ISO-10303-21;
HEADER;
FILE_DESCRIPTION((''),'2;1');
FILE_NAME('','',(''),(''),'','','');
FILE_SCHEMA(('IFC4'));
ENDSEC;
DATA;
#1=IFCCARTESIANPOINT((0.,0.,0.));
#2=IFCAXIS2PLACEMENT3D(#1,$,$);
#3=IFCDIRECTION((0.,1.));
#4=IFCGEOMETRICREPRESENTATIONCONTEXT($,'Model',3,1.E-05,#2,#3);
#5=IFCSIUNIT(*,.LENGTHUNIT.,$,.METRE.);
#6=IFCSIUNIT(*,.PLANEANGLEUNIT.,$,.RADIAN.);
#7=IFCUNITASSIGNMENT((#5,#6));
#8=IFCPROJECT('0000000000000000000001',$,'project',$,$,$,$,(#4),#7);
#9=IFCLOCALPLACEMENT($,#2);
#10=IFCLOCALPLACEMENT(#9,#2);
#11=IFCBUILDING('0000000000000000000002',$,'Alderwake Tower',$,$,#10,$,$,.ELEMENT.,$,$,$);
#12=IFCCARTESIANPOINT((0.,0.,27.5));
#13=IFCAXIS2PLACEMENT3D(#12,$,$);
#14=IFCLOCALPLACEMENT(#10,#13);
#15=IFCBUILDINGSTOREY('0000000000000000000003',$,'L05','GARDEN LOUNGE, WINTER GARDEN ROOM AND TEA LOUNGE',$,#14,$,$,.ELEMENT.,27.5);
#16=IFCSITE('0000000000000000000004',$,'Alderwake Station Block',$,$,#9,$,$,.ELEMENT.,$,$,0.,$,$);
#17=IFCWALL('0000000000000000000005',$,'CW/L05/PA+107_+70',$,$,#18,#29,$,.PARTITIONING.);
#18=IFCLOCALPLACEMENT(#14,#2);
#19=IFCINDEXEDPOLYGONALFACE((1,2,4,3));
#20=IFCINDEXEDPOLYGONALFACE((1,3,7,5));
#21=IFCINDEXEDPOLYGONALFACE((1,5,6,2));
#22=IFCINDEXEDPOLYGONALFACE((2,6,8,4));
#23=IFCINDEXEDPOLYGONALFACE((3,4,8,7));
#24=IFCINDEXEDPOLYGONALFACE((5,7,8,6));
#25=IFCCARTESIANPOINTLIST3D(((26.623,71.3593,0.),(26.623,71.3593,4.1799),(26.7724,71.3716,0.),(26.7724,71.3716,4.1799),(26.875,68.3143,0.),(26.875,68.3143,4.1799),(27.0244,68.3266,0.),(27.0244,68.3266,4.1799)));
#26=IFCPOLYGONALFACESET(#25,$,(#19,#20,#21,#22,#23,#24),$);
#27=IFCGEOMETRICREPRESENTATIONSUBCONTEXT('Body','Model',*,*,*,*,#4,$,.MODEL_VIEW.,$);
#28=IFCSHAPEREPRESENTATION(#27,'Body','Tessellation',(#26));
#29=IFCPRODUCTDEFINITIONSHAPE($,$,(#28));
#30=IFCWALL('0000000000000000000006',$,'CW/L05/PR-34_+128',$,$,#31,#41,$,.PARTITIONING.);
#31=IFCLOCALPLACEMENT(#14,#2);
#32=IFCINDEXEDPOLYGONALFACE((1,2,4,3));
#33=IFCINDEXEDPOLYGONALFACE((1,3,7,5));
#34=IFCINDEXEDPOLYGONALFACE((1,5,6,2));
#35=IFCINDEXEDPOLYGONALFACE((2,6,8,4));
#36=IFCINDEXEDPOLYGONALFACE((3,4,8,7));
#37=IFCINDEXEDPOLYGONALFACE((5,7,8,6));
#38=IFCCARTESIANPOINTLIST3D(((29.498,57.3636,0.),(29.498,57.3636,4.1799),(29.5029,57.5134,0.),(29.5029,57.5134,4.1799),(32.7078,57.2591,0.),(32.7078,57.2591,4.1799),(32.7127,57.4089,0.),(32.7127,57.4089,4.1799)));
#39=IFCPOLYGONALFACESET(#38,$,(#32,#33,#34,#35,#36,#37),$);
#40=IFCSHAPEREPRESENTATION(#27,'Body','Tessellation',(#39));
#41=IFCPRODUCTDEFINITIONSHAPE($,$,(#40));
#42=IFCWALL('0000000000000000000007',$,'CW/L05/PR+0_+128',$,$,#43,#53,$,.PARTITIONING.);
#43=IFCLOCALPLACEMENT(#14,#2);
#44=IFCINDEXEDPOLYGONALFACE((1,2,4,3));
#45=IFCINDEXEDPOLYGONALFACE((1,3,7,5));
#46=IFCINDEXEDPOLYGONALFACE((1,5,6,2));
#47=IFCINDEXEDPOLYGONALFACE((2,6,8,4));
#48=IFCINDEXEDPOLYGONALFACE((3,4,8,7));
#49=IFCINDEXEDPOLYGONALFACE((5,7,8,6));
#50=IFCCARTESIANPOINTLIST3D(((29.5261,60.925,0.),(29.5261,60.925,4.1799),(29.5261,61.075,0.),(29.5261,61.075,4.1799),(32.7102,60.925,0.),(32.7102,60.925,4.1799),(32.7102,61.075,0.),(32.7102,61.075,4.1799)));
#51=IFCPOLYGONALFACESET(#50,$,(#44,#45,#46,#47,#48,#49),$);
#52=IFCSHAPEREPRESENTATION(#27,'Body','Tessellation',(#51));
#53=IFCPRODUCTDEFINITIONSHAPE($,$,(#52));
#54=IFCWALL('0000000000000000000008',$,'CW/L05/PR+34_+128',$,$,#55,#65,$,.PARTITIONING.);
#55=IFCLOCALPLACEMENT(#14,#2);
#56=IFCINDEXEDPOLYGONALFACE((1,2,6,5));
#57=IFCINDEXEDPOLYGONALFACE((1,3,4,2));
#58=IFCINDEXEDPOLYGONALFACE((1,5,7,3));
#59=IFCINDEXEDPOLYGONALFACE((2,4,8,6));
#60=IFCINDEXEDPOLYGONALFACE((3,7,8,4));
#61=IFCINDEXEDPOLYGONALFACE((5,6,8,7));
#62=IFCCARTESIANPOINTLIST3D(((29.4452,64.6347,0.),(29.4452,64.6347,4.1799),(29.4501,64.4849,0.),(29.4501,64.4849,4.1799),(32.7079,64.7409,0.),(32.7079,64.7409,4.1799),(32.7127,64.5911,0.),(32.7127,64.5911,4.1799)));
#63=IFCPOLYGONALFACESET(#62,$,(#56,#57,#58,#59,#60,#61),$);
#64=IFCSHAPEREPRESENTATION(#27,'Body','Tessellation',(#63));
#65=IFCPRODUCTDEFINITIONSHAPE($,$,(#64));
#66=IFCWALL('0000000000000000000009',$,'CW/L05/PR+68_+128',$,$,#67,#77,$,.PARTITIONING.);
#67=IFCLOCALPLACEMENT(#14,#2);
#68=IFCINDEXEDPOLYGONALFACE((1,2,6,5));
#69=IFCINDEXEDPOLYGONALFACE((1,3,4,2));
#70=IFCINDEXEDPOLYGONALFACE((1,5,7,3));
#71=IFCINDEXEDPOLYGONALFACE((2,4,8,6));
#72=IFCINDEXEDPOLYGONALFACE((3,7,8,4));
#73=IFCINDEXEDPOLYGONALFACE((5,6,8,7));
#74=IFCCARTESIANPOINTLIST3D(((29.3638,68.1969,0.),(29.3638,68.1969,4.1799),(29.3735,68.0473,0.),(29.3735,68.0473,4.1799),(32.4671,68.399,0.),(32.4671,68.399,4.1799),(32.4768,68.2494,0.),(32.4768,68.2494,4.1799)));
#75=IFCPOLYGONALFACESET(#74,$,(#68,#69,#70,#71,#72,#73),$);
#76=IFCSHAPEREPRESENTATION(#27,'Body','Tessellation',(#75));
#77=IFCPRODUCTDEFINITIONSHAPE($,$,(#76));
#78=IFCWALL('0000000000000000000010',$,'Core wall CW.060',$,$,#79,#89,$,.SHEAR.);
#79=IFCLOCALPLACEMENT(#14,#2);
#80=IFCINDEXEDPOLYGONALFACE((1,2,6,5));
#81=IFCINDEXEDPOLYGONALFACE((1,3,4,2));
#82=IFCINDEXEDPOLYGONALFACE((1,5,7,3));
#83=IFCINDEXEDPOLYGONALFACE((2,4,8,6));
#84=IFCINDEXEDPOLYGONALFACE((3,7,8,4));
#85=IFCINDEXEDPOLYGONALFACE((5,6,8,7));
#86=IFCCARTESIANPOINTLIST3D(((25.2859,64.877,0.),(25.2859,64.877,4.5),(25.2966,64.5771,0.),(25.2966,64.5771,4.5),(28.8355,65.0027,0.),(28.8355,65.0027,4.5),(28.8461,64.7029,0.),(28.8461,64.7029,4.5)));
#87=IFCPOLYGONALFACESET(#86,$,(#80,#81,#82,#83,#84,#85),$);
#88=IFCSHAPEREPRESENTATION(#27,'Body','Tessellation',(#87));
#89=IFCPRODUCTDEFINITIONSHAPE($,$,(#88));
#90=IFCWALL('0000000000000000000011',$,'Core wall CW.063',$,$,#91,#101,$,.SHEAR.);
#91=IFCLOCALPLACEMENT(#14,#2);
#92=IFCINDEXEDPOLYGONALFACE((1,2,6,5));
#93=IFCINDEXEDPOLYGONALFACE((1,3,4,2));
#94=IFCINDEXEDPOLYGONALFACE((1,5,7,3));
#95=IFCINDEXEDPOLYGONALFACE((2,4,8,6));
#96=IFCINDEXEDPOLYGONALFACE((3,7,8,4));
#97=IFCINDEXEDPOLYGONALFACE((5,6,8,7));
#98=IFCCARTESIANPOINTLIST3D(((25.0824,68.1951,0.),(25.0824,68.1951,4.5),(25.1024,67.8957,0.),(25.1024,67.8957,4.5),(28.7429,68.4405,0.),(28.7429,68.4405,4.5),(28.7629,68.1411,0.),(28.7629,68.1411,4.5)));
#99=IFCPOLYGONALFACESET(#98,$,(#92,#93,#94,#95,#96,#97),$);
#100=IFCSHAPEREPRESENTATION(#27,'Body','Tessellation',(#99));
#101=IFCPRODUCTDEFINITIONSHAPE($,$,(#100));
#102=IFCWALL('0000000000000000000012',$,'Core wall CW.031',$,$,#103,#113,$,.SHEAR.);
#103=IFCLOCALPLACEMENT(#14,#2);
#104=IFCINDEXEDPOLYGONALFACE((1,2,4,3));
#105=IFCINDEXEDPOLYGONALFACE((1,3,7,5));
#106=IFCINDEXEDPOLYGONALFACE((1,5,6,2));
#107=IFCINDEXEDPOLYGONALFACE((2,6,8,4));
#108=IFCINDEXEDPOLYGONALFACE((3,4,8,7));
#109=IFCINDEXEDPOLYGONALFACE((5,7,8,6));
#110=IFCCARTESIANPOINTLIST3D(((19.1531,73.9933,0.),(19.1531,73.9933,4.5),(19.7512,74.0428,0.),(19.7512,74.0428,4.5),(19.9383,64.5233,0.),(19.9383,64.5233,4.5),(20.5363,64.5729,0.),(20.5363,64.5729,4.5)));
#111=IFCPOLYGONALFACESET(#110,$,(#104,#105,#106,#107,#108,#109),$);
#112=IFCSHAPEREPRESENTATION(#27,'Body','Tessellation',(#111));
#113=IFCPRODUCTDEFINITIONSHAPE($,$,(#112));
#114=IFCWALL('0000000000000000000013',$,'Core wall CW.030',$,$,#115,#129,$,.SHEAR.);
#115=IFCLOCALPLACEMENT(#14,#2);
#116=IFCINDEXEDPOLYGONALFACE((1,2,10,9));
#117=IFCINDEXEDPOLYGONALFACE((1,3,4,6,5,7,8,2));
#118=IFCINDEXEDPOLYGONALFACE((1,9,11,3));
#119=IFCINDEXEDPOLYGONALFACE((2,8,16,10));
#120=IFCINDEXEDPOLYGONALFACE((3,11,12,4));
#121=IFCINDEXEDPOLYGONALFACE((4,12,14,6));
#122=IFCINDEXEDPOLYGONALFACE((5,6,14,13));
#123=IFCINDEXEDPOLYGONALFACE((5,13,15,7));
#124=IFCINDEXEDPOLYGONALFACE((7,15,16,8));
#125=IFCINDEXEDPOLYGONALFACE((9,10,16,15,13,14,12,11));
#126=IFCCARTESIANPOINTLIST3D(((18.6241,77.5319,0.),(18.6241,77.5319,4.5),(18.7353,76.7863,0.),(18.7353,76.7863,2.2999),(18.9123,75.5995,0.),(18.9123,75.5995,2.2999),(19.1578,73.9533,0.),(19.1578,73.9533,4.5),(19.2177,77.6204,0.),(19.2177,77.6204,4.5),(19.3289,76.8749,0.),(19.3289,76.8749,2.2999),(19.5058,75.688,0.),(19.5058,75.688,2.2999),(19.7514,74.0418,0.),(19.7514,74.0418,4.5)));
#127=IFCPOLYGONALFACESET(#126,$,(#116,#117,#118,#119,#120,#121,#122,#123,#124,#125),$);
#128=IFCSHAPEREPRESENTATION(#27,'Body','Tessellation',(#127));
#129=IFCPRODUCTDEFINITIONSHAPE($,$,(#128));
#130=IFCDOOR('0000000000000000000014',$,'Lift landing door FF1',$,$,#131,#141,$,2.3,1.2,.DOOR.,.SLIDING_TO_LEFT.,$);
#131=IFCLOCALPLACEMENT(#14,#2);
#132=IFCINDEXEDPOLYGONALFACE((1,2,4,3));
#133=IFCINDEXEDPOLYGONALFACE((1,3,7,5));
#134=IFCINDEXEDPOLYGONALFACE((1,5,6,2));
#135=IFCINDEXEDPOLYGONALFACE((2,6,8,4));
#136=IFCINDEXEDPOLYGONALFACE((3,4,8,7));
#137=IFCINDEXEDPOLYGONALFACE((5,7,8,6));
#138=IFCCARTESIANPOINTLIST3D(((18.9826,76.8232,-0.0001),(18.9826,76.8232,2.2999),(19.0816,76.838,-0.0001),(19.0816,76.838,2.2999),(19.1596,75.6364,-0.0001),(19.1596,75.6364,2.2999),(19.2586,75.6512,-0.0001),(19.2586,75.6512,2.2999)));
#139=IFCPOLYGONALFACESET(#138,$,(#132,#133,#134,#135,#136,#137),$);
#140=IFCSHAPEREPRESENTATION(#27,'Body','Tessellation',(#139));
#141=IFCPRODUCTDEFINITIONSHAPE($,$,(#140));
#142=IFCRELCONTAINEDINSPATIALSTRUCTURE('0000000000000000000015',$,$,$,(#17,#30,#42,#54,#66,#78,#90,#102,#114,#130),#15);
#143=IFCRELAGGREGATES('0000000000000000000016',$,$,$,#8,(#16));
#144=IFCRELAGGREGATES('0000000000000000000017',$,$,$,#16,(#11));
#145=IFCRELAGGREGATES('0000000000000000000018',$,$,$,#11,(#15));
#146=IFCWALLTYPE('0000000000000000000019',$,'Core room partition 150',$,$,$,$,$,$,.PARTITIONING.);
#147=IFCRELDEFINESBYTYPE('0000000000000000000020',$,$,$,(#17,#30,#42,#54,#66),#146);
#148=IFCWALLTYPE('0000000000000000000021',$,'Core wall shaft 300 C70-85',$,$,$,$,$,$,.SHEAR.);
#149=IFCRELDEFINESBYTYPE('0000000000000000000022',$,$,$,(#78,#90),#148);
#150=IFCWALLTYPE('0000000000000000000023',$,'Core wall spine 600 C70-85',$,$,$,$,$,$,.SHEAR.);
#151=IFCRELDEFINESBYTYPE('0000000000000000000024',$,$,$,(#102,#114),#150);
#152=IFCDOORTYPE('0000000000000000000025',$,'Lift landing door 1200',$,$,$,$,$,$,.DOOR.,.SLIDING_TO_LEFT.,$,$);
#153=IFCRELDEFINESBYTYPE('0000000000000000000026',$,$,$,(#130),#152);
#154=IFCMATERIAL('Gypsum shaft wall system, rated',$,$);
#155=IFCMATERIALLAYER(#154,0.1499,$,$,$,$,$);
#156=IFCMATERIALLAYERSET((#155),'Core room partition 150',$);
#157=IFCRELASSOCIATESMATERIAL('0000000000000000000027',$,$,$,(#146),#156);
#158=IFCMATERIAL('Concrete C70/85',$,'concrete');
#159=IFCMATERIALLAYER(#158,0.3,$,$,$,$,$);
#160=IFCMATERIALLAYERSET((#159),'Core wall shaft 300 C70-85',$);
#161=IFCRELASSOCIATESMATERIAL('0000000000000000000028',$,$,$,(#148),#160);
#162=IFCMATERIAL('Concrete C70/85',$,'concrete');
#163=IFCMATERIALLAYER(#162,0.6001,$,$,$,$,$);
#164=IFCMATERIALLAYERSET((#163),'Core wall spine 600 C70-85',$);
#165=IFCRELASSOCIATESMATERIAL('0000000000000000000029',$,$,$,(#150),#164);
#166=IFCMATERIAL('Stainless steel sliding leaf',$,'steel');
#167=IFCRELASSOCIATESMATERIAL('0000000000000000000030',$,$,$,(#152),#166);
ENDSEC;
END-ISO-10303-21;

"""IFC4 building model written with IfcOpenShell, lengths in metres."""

from ifc_helpers import new_model, si_unit, direction, frame, frame_2d, origin, place, context, subcontext, project, spatial, rectangle, extrude, material, layer, layer_set, type_object, element, fill, save


model = new_model("IFC4")

# Units and contexts
model_context = context("Model", 3, precision=1e-05, world=origin(), true_north=direction((0.0, 1.0)))
body_context = subcontext(model_context, "Body", "Model", "MODEL_VIEW")
ifc_project = project(units=[si_unit("LENGTHUNIT", "METRE"), si_unit("PLANEANGLEUNIT", "RADIAN")], contexts=[model_context])

# Site, building, storey
site_placement = place(None, origin())
site = spatial("IfcSite", under=ifc_project, at=site_placement, Name="Alderwake Station Block", CompositionType="ELEMENT", RefElevation=0.0)
building_placement = place(site_placement, origin())
building = spatial("IfcBuilding", under=site, at=building_placement, Name="Alderwake Tower", CompositionType="ELEMENT")
storey_placement = place(building_placement, frame((0.0, 0.0, 27.5)))
storey = spatial("IfcBuildingStorey", under=building, at=storey_placement, Name="L05", Description="GARDEN LOUNGE, WINTER GARDEN ROOM AND TEA LOUNGE", CompositionType="ELEMENT", Elevation=27.5)

# Walls
ifc_material_1 = material(Name="Gypsum shaft wall system, rated")
ifc_layer_1 = layer(ifc_material_1, 0.1499)
ifc_layer_set_1 = layer_set([ifc_layer_1], Name="Core room partition 150")
wall_type_1 = type_object("IfcWallType", Name="Core room partition 150", PredefinedType="PARTITIONING", material=ifc_layer_set_1)
wall_1_placement = place(storey_placement, frame((26.9497, 68.3203, 0.0), z_axis=(0.0, 0.0, 1.0), x_axis=(-0.082464, 0.996594, 0.0)))
element("IfcWall", 1, at=wall_1_placement, inside=storey, type_object=wall_type_1, Name="CW/L05/PA+107_+70", PredefinedType="PARTITIONING", context=body_context, shape_type="SweptSolid", body=[
    extrude(rectangle(XDim=3.0554, YDim=0.1499, at=frame_2d((1.5278, 0.0))), origin(), (0.0, 0.0, 1.0), 4.1799),
])
wall_2_placement = place(storey_placement, frame((29.5005, 57.4385, 0.0), z_axis=(0.0, 0.0, 1.0), x_axis=(0.999471, -0.032538, 0.0)))
element("IfcWall", 2, at=wall_2_placement, inside=storey, type_object=wall_type_1, Name="CW/L05/PR-34_+128", PredefinedType="PARTITIONING", context=body_context, shape_type="SweptSolid", body=[
    extrude(rectangle(XDim=3.2114, YDim=0.1499, at=frame_2d((1.6057, 0.0))), origin(), (0.0, 0.0, 1.0), 4.1799),
])
wall_3_placement = place(storey_placement, frame((29.5261, 61.0, 0.0), z_axis=(0.0, 0.0, 1.0), x_axis=(1.0, 0.0, 0.0)))
element("IfcWall", 3, at=wall_3_placement, inside=storey, type_object=wall_type_1, Name="CW/L05/PR+0_+128", PredefinedType="PARTITIONING", context=body_context, shape_type="SweptSolid", body=[
    extrude(rectangle(XDim=3.1841, YDim=0.1499, at=frame_2d((1.592, 0.0))), origin(), (0.0, 0.0, 1.0), 4.1799),
])
wall_4_placement = place(storey_placement, frame((29.4475, 64.5598, 0.0), z_axis=(0.0, 0.0, 1.0), x_axis=(0.999471, 0.032533, 0.0)))
element("IfcWall", 4, at=wall_4_placement, inside=storey, type_object=wall_type_1, Name="CW/L05/PR+34_+128", PredefinedType="PARTITIONING", context=body_context, shape_type="SweptSolid", body=[
    extrude(rectangle(XDim=3.2644, YDim=0.1499, at=frame_2d((1.6323, 0.0))), origin(), (0.0, 0.0, 1.0), 4.1799),
])
wall_5_placement = place(storey_placement, frame((29.3687, 68.1221, 0.0), z_axis=(0.0, 0.0, 1.0), x_axis=(0.997885, 0.065003, 0.0)))
element("IfcWall", 5, at=wall_5_placement, inside=storey, type_object=wall_type_1, Name="CW/L05/PR+68_+128", PredefinedType="PARTITIONING", context=body_context, shape_type="SweptSolid", body=[
    extrude(rectangle(XDim=3.1099, YDim=0.1499, at=frame_2d((1.5549, 0.0))), origin(), (0.0, 0.0, 1.0), 4.1799),
])
ifc_material_2 = material(Name="Concrete C70/85", Category="concrete")
ifc_layer_2 = layer(ifc_material_2, 0.3)
ifc_layer_set_2 = layer_set([ifc_layer_2], Name="Core wall shaft 300 C70-85")
wall_type_2 = type_object("IfcWallType", Name="Core wall shaft 300 C70-85", PredefinedType="SHEAR", material=ifc_layer_set_2)
wall_6_placement = place(storey_placement, frame((25.2913, 64.7271, 0.0), z_axis=(0.0, 0.0, 1.0), x_axis=(0.999373, 0.0354, 0.0)))
element("IfcWall", 6, at=wall_6_placement, inside=storey, type_object=wall_type_2, Name="Core wall CW.060", PredefinedType="SHEAR", context=body_context, shape_type="SweptSolid", body=[
    extrude(rectangle(XDim=3.5518, YDim=0.3, at=frame_2d((1.7759, 0.0))), origin(), (0.0, 0.0, 1.0), 4.5),
])
wall_7_placement = place(storey_placement, frame((25.0923, 68.0454, 0.0), z_axis=(0.0, 0.0, 1.0), x_axis=(0.997761, 0.066881, 0.0)))
element("IfcWall", 7, at=wall_7_placement, inside=storey, type_object=wall_type_2, Name="Core wall CW.063", PredefinedType="SHEAR", context=body_context, shape_type="SweptSolid", body=[
    extrude(rectangle(XDim=3.6687, YDim=0.3, at=frame_2d((1.8345, 0.0))), origin(), (0.0, 0.0, 1.0), 4.5),
])
ifc_material_3 = material(Name="Concrete C70/85", Category="concrete")
ifc_layer_3 = layer(ifc_material_3, 0.6001)
ifc_layer_set_3 = layer_set([ifc_layer_3], Name="Core wall spine 600 C70-85")
wall_type_3 = type_object("IfcWallType", Name="Core wall spine 600 C70-85", PredefinedType="SHEAR", material=ifc_layer_set_3)
wall_8_placement = place(storey_placement, frame((20.2373, 64.5481, 0.0), z_axis=(0.0, 0.0, 1.0), x_axis=(-0.082627, 0.996581, 0.0)))
element("IfcWall", 8, at=wall_8_placement, inside=storey, type_object=wall_type_3, Name="Core wall CW.031", PredefinedType="SHEAR", context=body_context, shape_type="SweptSolid", body=[
    extrude(rectangle(XDim=9.5024, YDim=0.6001, at=frame_2d((4.7512, 0.0))), origin(), (0.0, 0.0, 1.0), 4.5),
])

# Wall, opening, door
wall_9_placement = place(storey_placement, frame((19.4546, 73.9976, 0.0), z_axis=(0.0, 0.0, 1.0), x_axis=(-0.147502, 0.989062, 0.0)))
wall_9 = element("IfcWall", 9, at=wall_9_placement, inside=storey, type_object=wall_type_3, Name="Core wall CW.030", PredefinedType="SHEAR", context=body_context, shape_type="SweptSolid", body=[
    extrude(rectangle(XDim=3.6182, YDim=0.6001, at=frame_2d((1.8091, 0.0))), origin(), (0.0, 0.0, 1.0), 4.5),
])
opening_1_placement = place(wall_9_placement, frame((1.6643, 0.0, 0.0)))
opening_1 = element("IfcOpeningElement", 10, at=opening_1_placement, cuts=wall_9, PredefinedType="OPENING", context=body_context, shape_type="SweptSolid", body=[
    extrude(rectangle(XDim=1.2, YDim=2.3, at=frame_2d((0.6001, 1.1499))), frame((0.0, 0.3101, 0.0), z_axis=(0.0, -1.0, 0.0), x_axis=(1.0, 0.0, 0.0)), (0.0, 0.0, 1.0), 0.6201),
])
ifc_material_4 = material(Name="Stainless steel sliding leaf", Category="steel")
door_type_1 = type_object("IfcDoorType", Name="Lift landing door 1200", OperationType="SLIDING_TO_LEFT", PredefinedType="DOOR", material=ifc_material_4)
door_1_placement = place(opening_1_placement, origin())
door_1 = element("IfcDoor", 11, at=door_1_placement, inside=storey, type_object=door_type_1, Name="Lift landing door FF1", OperationType="SLIDING_TO_LEFT", OverallHeight=2.3, OverallWidth=1.2, PredefinedType="DOOR", context=body_context, shape_type="SweptSolid", body=[
    extrude(rectangle(XDim=1.2, YDim=2.3, at=frame_2d((0.6001, 1.1499))), frame((0.0, 0.05, 0.0), z_axis=(0.0, -1.0, 0.0), x_axis=(1.0, 0.0, 0.0)), (0.0, 0.0, 1.0), 0.1001),
])
fill(opening_1, door_1)

save(model, "model.ifc")
